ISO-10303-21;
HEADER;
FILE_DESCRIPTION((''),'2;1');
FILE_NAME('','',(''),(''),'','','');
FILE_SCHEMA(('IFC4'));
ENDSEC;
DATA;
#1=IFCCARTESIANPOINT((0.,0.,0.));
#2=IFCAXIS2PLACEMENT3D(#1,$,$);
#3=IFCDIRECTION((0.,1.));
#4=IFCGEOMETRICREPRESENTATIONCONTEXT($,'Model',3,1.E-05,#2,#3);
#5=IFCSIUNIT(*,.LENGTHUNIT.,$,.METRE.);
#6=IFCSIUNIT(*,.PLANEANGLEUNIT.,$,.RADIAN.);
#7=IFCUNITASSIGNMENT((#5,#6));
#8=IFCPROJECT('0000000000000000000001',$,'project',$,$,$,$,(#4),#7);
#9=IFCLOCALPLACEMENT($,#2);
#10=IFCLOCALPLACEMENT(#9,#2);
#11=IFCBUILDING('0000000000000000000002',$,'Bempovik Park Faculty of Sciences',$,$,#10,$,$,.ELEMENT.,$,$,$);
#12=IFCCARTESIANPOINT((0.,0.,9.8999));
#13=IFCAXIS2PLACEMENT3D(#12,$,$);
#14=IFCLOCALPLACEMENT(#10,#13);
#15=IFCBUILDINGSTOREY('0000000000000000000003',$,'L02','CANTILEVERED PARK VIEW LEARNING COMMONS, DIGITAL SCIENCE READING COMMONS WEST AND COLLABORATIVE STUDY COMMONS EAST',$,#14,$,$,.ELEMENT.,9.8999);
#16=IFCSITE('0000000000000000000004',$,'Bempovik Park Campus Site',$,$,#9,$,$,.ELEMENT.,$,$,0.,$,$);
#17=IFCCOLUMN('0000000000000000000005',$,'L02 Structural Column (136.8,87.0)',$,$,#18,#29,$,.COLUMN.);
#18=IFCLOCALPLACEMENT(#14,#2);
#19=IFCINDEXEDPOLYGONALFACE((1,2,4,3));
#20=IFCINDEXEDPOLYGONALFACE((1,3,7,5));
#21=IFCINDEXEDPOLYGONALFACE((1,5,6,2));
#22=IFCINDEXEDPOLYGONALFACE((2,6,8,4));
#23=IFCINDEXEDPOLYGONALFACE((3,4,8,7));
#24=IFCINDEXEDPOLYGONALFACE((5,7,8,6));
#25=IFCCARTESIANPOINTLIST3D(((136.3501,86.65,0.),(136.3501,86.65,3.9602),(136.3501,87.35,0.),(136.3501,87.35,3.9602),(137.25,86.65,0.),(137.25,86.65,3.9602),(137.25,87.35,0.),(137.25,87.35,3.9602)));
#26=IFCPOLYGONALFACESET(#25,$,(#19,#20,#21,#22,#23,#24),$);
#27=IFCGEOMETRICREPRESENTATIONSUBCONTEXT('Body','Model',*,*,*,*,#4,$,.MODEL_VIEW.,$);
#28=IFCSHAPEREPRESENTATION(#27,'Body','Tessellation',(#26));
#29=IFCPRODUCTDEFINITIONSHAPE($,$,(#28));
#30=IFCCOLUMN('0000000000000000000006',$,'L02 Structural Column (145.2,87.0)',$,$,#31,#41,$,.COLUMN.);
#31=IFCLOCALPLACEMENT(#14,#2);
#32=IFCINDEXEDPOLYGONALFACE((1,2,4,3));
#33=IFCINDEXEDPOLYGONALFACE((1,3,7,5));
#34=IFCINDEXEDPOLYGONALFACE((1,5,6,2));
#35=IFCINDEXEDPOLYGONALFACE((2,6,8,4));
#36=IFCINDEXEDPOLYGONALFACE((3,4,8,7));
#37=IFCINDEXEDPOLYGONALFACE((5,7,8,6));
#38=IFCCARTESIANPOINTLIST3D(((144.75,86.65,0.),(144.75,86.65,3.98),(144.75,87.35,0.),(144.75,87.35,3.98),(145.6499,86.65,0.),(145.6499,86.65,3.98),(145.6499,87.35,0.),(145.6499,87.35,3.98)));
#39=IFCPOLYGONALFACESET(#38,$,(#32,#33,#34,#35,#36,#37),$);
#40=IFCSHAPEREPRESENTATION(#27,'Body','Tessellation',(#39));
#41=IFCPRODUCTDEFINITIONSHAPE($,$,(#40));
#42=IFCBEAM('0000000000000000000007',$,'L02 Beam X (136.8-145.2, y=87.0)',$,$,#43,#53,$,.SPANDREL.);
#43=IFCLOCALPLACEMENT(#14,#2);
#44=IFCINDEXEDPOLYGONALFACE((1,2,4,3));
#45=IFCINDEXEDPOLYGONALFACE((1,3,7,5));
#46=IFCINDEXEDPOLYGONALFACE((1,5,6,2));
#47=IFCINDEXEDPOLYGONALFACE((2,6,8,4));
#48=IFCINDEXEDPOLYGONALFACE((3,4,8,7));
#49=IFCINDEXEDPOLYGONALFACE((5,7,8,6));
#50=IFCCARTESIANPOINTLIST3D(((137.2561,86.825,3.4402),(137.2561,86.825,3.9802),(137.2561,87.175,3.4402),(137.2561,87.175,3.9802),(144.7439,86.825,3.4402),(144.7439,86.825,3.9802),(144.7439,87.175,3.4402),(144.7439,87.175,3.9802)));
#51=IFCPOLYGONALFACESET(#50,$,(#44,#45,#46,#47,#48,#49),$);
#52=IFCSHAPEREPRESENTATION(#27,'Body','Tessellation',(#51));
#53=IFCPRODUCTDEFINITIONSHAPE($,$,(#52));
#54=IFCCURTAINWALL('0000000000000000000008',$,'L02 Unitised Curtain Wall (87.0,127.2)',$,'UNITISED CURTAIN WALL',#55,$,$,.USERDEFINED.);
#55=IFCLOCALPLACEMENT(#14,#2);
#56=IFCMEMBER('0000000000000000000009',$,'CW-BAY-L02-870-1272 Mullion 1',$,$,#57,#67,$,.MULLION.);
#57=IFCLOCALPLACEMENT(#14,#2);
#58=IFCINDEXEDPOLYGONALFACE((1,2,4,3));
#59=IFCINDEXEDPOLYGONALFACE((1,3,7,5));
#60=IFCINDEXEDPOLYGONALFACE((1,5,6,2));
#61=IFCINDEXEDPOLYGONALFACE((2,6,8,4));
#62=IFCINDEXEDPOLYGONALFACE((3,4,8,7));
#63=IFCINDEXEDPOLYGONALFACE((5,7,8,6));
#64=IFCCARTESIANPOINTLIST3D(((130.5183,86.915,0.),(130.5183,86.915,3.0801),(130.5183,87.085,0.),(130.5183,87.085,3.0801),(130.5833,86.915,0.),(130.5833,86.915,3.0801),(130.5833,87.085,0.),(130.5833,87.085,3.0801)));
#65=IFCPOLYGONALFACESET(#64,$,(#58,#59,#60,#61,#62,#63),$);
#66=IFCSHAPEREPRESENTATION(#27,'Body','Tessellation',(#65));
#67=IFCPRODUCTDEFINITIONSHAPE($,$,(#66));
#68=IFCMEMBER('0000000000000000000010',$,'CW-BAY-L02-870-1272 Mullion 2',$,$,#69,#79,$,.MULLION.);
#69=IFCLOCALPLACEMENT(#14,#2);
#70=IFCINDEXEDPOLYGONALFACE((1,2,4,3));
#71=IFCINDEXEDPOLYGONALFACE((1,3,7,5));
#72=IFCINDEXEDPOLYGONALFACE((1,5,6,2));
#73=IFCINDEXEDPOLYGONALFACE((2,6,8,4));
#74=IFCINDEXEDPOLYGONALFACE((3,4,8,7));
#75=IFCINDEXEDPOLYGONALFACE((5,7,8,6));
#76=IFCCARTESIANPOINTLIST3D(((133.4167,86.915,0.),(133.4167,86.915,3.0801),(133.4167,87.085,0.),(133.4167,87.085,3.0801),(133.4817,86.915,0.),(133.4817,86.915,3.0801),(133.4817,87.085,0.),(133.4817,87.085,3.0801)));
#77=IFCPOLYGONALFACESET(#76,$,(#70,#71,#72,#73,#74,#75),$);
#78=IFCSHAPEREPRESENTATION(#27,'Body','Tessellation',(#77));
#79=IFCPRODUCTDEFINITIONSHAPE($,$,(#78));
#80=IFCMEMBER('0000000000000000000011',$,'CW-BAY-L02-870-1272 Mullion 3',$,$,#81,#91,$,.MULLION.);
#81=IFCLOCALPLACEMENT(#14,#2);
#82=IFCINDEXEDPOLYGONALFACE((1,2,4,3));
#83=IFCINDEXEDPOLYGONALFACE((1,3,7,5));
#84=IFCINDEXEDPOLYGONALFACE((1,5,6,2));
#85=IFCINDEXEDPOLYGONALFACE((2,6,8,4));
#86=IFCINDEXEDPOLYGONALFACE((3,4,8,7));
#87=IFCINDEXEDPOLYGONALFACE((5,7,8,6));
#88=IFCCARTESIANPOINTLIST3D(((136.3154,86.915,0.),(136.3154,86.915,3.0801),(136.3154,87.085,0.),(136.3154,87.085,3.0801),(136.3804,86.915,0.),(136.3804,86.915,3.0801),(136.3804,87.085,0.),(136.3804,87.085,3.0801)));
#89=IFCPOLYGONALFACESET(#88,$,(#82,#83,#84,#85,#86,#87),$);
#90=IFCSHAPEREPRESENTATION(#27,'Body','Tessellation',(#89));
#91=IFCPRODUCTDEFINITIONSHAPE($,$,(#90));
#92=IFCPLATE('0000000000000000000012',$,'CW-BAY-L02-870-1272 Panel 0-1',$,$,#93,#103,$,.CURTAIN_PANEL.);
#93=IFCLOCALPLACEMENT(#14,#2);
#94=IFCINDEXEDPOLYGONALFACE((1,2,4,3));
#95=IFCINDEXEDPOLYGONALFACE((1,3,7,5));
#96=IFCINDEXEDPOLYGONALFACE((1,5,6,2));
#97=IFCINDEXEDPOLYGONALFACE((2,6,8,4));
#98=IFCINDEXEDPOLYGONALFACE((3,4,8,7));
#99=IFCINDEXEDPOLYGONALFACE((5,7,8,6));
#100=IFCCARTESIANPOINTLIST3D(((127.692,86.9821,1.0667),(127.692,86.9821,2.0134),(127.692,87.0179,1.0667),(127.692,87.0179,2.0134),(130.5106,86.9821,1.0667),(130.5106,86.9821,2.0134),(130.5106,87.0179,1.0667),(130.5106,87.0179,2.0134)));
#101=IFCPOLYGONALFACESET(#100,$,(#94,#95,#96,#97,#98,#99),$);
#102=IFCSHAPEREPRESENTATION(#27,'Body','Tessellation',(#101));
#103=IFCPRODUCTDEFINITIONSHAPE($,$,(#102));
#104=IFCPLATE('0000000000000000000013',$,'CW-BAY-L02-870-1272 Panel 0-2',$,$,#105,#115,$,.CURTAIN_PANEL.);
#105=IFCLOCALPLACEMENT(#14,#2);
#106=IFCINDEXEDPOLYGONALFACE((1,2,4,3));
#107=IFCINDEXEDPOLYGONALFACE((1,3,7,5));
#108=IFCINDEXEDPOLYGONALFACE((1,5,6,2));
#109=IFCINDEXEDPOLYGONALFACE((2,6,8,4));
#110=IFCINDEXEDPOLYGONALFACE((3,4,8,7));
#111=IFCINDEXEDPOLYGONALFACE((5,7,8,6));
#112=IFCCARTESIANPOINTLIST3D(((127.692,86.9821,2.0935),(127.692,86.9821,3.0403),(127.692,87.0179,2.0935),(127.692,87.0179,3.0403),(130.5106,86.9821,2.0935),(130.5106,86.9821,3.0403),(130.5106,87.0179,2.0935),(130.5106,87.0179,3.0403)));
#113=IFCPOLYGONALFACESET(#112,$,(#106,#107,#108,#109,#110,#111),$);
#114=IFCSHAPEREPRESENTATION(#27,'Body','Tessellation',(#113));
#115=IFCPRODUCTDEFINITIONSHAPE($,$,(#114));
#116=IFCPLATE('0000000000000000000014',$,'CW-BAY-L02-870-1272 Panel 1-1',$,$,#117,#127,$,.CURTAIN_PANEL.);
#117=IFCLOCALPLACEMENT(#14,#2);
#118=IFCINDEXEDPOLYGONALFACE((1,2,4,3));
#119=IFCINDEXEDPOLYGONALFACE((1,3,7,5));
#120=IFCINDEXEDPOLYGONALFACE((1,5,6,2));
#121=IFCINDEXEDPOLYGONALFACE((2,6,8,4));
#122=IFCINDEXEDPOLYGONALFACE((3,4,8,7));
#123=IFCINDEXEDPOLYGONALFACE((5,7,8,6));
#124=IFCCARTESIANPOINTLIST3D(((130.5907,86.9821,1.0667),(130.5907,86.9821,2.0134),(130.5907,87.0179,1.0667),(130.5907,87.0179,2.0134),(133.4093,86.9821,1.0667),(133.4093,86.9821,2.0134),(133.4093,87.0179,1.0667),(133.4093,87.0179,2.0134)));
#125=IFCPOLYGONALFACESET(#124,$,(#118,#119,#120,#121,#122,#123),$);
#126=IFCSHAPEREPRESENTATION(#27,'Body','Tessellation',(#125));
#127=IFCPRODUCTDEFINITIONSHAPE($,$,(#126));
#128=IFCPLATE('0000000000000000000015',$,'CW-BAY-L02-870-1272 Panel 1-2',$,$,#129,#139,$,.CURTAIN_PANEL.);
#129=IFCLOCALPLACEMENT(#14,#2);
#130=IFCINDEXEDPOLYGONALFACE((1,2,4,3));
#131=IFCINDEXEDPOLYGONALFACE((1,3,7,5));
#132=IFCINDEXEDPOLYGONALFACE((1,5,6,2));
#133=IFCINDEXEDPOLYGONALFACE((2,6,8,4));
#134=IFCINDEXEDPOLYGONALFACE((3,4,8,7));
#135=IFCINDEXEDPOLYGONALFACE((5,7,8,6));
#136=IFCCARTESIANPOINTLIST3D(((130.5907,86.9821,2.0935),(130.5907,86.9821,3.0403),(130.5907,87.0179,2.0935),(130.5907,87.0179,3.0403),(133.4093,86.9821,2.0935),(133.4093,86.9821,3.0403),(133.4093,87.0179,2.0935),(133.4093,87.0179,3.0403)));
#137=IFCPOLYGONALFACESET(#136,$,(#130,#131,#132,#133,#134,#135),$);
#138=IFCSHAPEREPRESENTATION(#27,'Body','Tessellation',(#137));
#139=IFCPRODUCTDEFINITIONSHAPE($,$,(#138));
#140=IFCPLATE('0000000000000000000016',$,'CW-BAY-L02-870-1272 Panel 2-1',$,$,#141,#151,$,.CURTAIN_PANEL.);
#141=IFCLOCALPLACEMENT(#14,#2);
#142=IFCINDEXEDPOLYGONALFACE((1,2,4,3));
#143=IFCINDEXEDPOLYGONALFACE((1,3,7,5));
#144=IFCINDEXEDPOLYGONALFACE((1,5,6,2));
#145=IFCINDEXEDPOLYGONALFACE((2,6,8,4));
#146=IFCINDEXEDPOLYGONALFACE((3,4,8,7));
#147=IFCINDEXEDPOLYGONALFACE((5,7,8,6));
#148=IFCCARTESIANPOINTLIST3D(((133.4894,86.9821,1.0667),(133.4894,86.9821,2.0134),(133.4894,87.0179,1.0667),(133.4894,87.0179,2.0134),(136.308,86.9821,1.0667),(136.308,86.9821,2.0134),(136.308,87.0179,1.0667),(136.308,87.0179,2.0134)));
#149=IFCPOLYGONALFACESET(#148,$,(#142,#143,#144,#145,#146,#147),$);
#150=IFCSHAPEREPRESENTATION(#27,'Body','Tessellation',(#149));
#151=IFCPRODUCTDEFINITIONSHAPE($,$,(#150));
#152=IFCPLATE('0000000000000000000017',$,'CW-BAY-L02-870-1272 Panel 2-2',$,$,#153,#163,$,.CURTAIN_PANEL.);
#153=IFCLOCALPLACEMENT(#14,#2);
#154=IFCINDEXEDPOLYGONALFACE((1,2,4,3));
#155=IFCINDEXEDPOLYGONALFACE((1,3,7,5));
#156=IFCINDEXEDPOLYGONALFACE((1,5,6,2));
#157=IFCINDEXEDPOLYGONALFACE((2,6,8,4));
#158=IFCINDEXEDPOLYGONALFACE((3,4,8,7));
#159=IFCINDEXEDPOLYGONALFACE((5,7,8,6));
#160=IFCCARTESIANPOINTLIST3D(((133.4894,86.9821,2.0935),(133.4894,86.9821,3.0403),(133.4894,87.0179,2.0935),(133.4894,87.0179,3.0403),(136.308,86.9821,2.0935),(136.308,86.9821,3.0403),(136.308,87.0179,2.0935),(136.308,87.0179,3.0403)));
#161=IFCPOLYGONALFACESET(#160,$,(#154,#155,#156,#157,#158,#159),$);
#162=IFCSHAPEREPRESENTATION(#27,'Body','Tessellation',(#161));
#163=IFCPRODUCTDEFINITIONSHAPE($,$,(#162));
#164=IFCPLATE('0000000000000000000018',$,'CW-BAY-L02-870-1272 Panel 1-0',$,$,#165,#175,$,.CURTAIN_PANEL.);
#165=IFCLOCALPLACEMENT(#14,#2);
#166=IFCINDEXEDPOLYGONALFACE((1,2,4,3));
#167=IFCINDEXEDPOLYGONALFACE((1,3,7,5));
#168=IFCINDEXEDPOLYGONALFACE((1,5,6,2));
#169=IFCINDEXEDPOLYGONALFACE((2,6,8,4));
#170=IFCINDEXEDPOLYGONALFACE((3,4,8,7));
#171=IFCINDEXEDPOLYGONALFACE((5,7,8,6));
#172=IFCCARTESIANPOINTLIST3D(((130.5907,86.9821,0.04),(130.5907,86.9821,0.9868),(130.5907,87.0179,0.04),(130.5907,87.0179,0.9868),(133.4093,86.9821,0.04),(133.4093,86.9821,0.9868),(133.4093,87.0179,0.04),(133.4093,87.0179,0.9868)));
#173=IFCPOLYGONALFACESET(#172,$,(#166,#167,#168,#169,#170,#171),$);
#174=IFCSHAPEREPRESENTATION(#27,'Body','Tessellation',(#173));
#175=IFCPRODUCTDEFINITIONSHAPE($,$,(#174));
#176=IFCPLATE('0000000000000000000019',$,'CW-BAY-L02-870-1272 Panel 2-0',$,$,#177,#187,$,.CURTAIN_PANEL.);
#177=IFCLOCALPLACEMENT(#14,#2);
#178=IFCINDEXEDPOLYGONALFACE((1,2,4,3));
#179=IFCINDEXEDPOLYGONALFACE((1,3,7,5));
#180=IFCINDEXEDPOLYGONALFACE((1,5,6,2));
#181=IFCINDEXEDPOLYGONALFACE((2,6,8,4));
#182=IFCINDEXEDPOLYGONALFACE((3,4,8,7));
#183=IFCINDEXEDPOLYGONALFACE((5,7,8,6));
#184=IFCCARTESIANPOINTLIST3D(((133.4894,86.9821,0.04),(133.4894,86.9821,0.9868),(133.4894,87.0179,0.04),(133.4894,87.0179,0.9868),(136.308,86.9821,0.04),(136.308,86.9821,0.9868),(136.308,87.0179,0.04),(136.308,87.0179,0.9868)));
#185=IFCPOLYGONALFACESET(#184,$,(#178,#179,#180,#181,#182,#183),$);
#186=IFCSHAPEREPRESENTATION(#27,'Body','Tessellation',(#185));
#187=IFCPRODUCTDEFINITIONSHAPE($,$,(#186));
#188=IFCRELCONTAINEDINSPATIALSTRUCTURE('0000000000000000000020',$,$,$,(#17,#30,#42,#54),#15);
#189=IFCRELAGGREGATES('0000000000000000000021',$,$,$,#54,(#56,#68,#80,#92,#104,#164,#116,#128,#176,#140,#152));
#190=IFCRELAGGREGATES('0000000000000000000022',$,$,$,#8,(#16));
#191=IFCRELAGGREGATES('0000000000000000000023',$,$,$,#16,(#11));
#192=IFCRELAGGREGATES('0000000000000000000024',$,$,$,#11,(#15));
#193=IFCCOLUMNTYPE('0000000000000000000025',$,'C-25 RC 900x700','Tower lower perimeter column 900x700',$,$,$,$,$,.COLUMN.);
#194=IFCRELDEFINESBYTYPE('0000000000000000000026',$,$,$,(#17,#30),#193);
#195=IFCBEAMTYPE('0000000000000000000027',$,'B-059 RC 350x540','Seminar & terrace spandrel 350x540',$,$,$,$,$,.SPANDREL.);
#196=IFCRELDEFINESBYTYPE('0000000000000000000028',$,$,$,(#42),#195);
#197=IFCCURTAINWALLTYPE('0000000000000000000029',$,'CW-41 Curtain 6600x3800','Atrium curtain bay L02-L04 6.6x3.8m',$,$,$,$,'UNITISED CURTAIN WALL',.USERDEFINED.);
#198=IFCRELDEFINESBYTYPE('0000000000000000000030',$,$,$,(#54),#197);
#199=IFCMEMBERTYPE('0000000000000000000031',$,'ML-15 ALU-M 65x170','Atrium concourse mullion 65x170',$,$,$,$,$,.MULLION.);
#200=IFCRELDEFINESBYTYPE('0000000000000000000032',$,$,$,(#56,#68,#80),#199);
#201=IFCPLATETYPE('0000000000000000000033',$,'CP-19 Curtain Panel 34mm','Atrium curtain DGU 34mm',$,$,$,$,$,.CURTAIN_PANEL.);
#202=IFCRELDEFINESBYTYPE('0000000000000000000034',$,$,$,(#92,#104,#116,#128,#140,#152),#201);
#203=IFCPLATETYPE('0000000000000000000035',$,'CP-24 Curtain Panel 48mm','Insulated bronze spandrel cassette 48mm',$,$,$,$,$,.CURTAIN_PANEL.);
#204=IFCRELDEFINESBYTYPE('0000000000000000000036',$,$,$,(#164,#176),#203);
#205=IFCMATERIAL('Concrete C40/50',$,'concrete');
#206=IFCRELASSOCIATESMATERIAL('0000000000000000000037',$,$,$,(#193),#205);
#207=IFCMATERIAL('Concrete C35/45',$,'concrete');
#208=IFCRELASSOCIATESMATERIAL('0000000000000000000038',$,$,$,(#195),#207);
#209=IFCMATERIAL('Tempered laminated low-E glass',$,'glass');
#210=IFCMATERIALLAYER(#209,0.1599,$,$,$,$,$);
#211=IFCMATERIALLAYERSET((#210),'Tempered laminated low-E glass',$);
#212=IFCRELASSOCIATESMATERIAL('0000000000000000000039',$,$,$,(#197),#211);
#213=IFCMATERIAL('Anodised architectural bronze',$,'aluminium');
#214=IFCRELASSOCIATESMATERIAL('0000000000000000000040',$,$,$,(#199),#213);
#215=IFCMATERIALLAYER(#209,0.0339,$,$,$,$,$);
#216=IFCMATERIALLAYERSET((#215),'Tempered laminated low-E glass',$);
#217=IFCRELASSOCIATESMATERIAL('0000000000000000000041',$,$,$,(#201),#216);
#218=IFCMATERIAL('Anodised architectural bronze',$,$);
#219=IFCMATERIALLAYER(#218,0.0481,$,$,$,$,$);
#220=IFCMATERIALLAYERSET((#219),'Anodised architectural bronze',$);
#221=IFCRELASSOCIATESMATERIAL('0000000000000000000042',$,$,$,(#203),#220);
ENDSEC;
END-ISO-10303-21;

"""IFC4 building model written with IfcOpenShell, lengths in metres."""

from ifc_helpers import new_model, si_unit, direction, frame, origin, origin_2d, place, context, subcontext, project, spatial, rectangle, extrude, material, layer, layer_set, material_profile, profile_set, type_object, element, aggregate, save


model = new_model("IFC4")

# Units and contexts
model_context = context("Model", 3, precision=1e-05, world=origin(), true_north=direction((0.0, 1.0)))
body_context = subcontext(model_context, "Body", "Model", "MODEL_VIEW")
ifc_project = project(units=[si_unit("LENGTHUNIT", "METRE"), si_unit("PLANEANGLEUNIT", "RADIAN")], contexts=[model_context])

# Site, building, storey
site_placement = place(None, origin())
site = spatial("IfcSite", under=ifc_project, at=site_placement, Name="Bempovik Park Campus Site", CompositionType="ELEMENT", RefElevation=0.0)
building_placement = place(site_placement, origin())
building = spatial("IfcBuilding", under=site, at=building_placement, Name="Bempovik Park Faculty of Sciences", CompositionType="ELEMENT")
storey_placement = place(building_placement, frame((0.0, 0.0, 9.8999)))
storey = spatial("IfcBuildingStorey", under=building, at=storey_placement, Name="L02", Description="CANTILEVERED PARK VIEW LEARNING COMMONS, DIGITAL SCIENCE READING COMMONS WEST AND COLLABORATIVE STUDY COMMONS EAST", CompositionType="ELEMENT", Elevation=9.8999)

# Columns
ifc_material_1 = material(Name="Concrete C40/50", Category="concrete")
ifc_material_profile_1 = material_profile(ifc_material_1, rectangle(XDim=0.8999, YDim=0.7, at=origin_2d()), Name="RC 900x700")
ifc_profile_set_1 = profile_set([ifc_material_profile_1], Name="Concrete C40/50")
column_type = type_object("IfcColumnType", Name="C-25 RC 900x700", Description="Tower lower perimeter column 900x700", PredefinedType="COLUMN", material=ifc_profile_set_1)
column_1_placement = place(storey_placement, frame((136.8, 87.0, 0.0), z_axis=(0.0, 0.0, 1.0), x_axis=(1.0, 0.0, 0.0)))
element("IfcColumn", 1, at=column_1_placement, inside=storey, type_object=column_type, Name="L02 Structural Column (136.8,87.0)", PredefinedType="COLUMN", context=body_context, shape_type="SweptSolid", body=[
    extrude(rectangle(XDim=0.8999, YDim=0.7, at=origin_2d()), origin(), (0.0, 0.0, 1.0), 3.9602),
])
column_2_placement = place(storey_placement, frame((145.2, 87.0, 0.0), z_axis=(0.0, 0.0, 1.0), x_axis=(1.0, 0.0, 0.0)))
element("IfcColumn", 2, at=column_2_placement, inside=storey, type_object=column_type, Name="L02 Structural Column (145.2,87.0)", PredefinedType="COLUMN", context=body_context, shape_type="SweptSolid", body=[
    extrude(rectangle(XDim=0.8999, YDim=0.7, at=origin_2d()), origin(), (0.0, 0.0, 1.0), 3.98),
])

# Beam
ifc_material_2 = material(Name="Concrete C35/45", Category="concrete")
ifc_material_profile_2 = material_profile(ifc_material_2, rectangle(XDim=0.3501, YDim=0.54, at=origin_2d()), Name="RC 350x540")
ifc_profile_set_2 = profile_set([ifc_material_profile_2], Name="Concrete C35/45")
beam_type = type_object("IfcBeamType", Name="B-059 RC 350x540", Description="Seminar & terrace spandrel 350x540", PredefinedType="SPANDREL", material=ifc_profile_set_2)
beam_placement = place(storey_placement, frame((137.2561, 87.0, 3.7102), z_axis=(1.0, 0.0, 0.0), x_axis=(0.0, 1.0, 0.0)))
element("IfcBeam", 3, at=beam_placement, inside=storey, type_object=beam_type, Name="L02 Beam X (136.8-145.2, y=87.0)", PredefinedType="SPANDREL", context=body_context, shape_type="SweptSolid", body=[
    extrude(rectangle(XDim=0.3501, YDim=0.54, at=origin_2d()), origin(), (0.0, 0.0, 1.0), 7.4878),
])

# Curtain wall, members, plates
ifc_material_3 = material(Name="Tempered laminated low-E glass", Category="glass")
ifc_layer_1 = layer(ifc_material_3, 0.1599)
ifc_layer_set_1 = layer_set([ifc_layer_1], Name="Tempered laminated low-E glass")
curtain_wall_type = type_object("IfcCurtainWallType", Name="CW-41 Curtain 6600x3800", Description="Atrium curtain bay L02-L04 6.6x3.8m", ElementType="UNITISED CURTAIN WALL", PredefinedType="USERDEFINED", material=ifc_layer_set_1)
curtain_wall_placement = place(storey_placement, origin())
curtain_wall = element("IfcCurtainWall", 4, at=curtain_wall_placement, inside=storey, type_object=curtain_wall_type, Name="L02 Unitised Curtain Wall (87.0,127.2)", ObjectType="UNITISED CURTAIN WALL", PredefinedType="USERDEFINED")
ifc_material_4 = material(Name="Anodised architectural bronze", Category="aluminium")
ifc_material_profile_3 = material_profile(ifc_material_4, rectangle(XDim=0.0649, YDim=0.1699, at=origin_2d()), Name="ALU-M 65x170")
ifc_profile_set_3 = profile_set([ifc_material_profile_3], Name="Anodised architectural bronze")
member_type = type_object("IfcMemberType", Name="ML-15 ALU-M 65x170", Description="Atrium concourse mullion 65x170", PredefinedType="MULLION", material=ifc_profile_set_3)
member_1_placement = place(storey_placement, frame((130.5508, 87.0, 0.0), z_axis=(0.0, 0.0, 1.0), x_axis=(1.0, 0.0, 0.0)))
member_1 = element("IfcMember", 5, at=member_1_placement, type_object=member_type, Name="CW-BAY-L02-870-1272 Mullion 1", PredefinedType="MULLION", context=body_context, shape_type="SweptSolid", body=[
    extrude(rectangle(XDim=0.0649, YDim=0.1699, at=origin_2d()), origin(), (0.0, 0.0, 1.0), 3.0801),
])
member_2_placement = place(storey_placement, frame((133.4492, 87.0, 0.0), z_axis=(0.0, 0.0, 1.0), x_axis=(1.0, 0.0, 0.0)))
member_2 = element("IfcMember", 6, at=member_2_placement, type_object=member_type, Name="CW-BAY-L02-870-1272 Mullion 2", PredefinedType="MULLION", context=body_context, shape_type="SweptSolid", body=[
    extrude(rectangle(XDim=0.0649, YDim=0.1699, at=origin_2d()), origin(), (0.0, 0.0, 1.0), 3.0801),
])
member_3_placement = place(storey_placement, frame((136.3479, 87.0, 0.0), z_axis=(0.0, 0.0, 1.0), x_axis=(1.0, 0.0, 0.0)))
member_3 = element("IfcMember", 7, at=member_3_placement, type_object=member_type, Name="CW-BAY-L02-870-1272 Mullion 3", PredefinedType="MULLION", context=body_context, shape_type="SweptSolid", body=[
    extrude(rectangle(XDim=0.0649, YDim=0.1699, at=origin_2d()), origin(), (0.0, 0.0, 1.0), 3.0801),
])
ifc_layer_2 = layer(ifc_material_3, 0.0339)
ifc_layer_set_2 = layer_set([ifc_layer_2], Name="Tempered laminated low-E glass")
plate_type_1 = type_object("IfcPlateType", Name="CP-19 Curtain Panel 34mm", Description="Atrium curtain DGU 34mm", PredefinedType="CURTAIN_PANEL", material=ifc_layer_set_2)
plate_1_placement = place(storey_placement, frame((129.1013, 87.0, 1.0667), z_axis=(0.0, 0.0, 1.0), x_axis=(1.0, 0.0, 0.0)))
plate_1 = element("IfcPlate", 8, at=plate_1_placement, type_object=plate_type_1, Name="CW-BAY-L02-870-1272 Panel 0-1", PredefinedType="CURTAIN_PANEL", context=body_context, shape_type="SweptSolid", body=[
    extrude(rectangle(XDim=2.8186, YDim=0.0359, at=origin_2d()), origin(), (0.0, 0.0, 1.0), 0.9468),
])
plate_2_placement = place(storey_placement, frame((129.1013, 87.0, 2.0935), z_axis=(0.0, 0.0, 1.0), x_axis=(1.0, 0.0, 0.0)))
plate_2 = element("IfcPlate", 9, at=plate_2_placement, type_object=plate_type_1, Name="CW-BAY-L02-870-1272 Panel 0-2", PredefinedType="CURTAIN_PANEL", context=body_context, shape_type="SweptSolid", body=[
    extrude(rectangle(XDim=2.8186, YDim=0.0359, at=origin_2d()), origin(), (0.0, 0.0, 1.0), 0.9468),
])
plate_3_placement = place(storey_placement, frame((132.0, 87.0, 1.0667), z_axis=(0.0, 0.0, 1.0), x_axis=(1.0, 0.0, 0.0)))
plate_3 = element("IfcPlate", 10, at=plate_3_placement, type_object=plate_type_1, Name="CW-BAY-L02-870-1272 Panel 1-1", PredefinedType="CURTAIN_PANEL", context=body_context, shape_type="SweptSolid", body=[
    extrude(rectangle(XDim=2.8186, YDim=0.0359, at=origin_2d()), origin(), (0.0, 0.0, 1.0), 0.9468),
])
plate_4_placement = place(storey_placement, frame((132.0, 87.0, 2.0935), z_axis=(0.0, 0.0, 1.0), x_axis=(1.0, 0.0, 0.0)))
plate_4 = element("IfcPlate", 11, at=plate_4_placement, type_object=plate_type_1, Name="CW-BAY-L02-870-1272 Panel 1-2", PredefinedType="CURTAIN_PANEL", context=body_context, shape_type="SweptSolid", body=[
    extrude(rectangle(XDim=2.8186, YDim=0.0359, at=origin_2d()), origin(), (0.0, 0.0, 1.0), 0.9468),
])
plate_5_placement = place(storey_placement, frame((134.8987, 87.0, 1.0667), z_axis=(0.0, 0.0, 1.0), x_axis=(1.0, 0.0, 0.0)))
plate_5 = element("IfcPlate", 12, at=plate_5_placement, type_object=plate_type_1, Name="CW-BAY-L02-870-1272 Panel 2-1", PredefinedType="CURTAIN_PANEL", context=body_context, shape_type="SweptSolid", body=[
    extrude(rectangle(XDim=2.8186, YDim=0.0359, at=origin_2d()), origin(), (0.0, 0.0, 1.0), 0.9468),
])
plate_6_placement = place(storey_placement, frame((134.8987, 87.0, 2.0935), z_axis=(0.0, 0.0, 1.0), x_axis=(1.0, 0.0, 0.0)))
plate_6 = element("IfcPlate", 13, at=plate_6_placement, type_object=plate_type_1, Name="CW-BAY-L02-870-1272 Panel 2-2", PredefinedType="CURTAIN_PANEL", context=body_context, shape_type="SweptSolid", body=[
    extrude(rectangle(XDim=2.8186, YDim=0.0359, at=origin_2d()), origin(), (0.0, 0.0, 1.0), 0.9468),
])
ifc_material_5 = material(Name="Anodised architectural bronze")
ifc_layer_3 = layer(ifc_material_5, 0.0481)
ifc_layer_set_3 = layer_set([ifc_layer_3], Name="Anodised architectural bronze")
plate_type_2 = type_object("IfcPlateType", Name="CP-24 Curtain Panel 48mm", Description="Insulated bronze spandrel cassette 48mm", PredefinedType="CURTAIN_PANEL", material=ifc_layer_set_3)
plate_7_placement = place(storey_placement, frame((132.0, 87.0, 0.04), z_axis=(0.0, 0.0, 1.0), x_axis=(1.0, 0.0, 0.0)))
plate_7 = element("IfcPlate", 14, at=plate_7_placement, type_object=plate_type_2, Name="CW-BAY-L02-870-1272 Panel 1-0", PredefinedType="CURTAIN_PANEL", context=body_context, shape_type="SweptSolid", body=[
    extrude(rectangle(XDim=2.8186, YDim=0.0359, at=origin_2d()), origin(), (0.0, 0.0, 1.0), 0.9468),
])
plate_8_placement = place(storey_placement, frame((134.8987, 87.0, 0.04), z_axis=(0.0, 0.0, 1.0), x_axis=(1.0, 0.0, 0.0)))
plate_8 = element("IfcPlate", 15, at=plate_8_placement, type_object=plate_type_2, Name="CW-BAY-L02-870-1272 Panel 2-0", PredefinedType="CURTAIN_PANEL", context=body_context, shape_type="SweptSolid", body=[
    extrude(rectangle(XDim=2.8186, YDim=0.0359, at=origin_2d()), origin(), (0.0, 0.0, 1.0), 0.9468),
])
aggregate(curtain_wall, [member_1, member_2, member_3, plate_1, plate_2, plate_7, plate_3, plate_4, plate_8, plate_5, plate_6])

save(model, "model.ifc")
